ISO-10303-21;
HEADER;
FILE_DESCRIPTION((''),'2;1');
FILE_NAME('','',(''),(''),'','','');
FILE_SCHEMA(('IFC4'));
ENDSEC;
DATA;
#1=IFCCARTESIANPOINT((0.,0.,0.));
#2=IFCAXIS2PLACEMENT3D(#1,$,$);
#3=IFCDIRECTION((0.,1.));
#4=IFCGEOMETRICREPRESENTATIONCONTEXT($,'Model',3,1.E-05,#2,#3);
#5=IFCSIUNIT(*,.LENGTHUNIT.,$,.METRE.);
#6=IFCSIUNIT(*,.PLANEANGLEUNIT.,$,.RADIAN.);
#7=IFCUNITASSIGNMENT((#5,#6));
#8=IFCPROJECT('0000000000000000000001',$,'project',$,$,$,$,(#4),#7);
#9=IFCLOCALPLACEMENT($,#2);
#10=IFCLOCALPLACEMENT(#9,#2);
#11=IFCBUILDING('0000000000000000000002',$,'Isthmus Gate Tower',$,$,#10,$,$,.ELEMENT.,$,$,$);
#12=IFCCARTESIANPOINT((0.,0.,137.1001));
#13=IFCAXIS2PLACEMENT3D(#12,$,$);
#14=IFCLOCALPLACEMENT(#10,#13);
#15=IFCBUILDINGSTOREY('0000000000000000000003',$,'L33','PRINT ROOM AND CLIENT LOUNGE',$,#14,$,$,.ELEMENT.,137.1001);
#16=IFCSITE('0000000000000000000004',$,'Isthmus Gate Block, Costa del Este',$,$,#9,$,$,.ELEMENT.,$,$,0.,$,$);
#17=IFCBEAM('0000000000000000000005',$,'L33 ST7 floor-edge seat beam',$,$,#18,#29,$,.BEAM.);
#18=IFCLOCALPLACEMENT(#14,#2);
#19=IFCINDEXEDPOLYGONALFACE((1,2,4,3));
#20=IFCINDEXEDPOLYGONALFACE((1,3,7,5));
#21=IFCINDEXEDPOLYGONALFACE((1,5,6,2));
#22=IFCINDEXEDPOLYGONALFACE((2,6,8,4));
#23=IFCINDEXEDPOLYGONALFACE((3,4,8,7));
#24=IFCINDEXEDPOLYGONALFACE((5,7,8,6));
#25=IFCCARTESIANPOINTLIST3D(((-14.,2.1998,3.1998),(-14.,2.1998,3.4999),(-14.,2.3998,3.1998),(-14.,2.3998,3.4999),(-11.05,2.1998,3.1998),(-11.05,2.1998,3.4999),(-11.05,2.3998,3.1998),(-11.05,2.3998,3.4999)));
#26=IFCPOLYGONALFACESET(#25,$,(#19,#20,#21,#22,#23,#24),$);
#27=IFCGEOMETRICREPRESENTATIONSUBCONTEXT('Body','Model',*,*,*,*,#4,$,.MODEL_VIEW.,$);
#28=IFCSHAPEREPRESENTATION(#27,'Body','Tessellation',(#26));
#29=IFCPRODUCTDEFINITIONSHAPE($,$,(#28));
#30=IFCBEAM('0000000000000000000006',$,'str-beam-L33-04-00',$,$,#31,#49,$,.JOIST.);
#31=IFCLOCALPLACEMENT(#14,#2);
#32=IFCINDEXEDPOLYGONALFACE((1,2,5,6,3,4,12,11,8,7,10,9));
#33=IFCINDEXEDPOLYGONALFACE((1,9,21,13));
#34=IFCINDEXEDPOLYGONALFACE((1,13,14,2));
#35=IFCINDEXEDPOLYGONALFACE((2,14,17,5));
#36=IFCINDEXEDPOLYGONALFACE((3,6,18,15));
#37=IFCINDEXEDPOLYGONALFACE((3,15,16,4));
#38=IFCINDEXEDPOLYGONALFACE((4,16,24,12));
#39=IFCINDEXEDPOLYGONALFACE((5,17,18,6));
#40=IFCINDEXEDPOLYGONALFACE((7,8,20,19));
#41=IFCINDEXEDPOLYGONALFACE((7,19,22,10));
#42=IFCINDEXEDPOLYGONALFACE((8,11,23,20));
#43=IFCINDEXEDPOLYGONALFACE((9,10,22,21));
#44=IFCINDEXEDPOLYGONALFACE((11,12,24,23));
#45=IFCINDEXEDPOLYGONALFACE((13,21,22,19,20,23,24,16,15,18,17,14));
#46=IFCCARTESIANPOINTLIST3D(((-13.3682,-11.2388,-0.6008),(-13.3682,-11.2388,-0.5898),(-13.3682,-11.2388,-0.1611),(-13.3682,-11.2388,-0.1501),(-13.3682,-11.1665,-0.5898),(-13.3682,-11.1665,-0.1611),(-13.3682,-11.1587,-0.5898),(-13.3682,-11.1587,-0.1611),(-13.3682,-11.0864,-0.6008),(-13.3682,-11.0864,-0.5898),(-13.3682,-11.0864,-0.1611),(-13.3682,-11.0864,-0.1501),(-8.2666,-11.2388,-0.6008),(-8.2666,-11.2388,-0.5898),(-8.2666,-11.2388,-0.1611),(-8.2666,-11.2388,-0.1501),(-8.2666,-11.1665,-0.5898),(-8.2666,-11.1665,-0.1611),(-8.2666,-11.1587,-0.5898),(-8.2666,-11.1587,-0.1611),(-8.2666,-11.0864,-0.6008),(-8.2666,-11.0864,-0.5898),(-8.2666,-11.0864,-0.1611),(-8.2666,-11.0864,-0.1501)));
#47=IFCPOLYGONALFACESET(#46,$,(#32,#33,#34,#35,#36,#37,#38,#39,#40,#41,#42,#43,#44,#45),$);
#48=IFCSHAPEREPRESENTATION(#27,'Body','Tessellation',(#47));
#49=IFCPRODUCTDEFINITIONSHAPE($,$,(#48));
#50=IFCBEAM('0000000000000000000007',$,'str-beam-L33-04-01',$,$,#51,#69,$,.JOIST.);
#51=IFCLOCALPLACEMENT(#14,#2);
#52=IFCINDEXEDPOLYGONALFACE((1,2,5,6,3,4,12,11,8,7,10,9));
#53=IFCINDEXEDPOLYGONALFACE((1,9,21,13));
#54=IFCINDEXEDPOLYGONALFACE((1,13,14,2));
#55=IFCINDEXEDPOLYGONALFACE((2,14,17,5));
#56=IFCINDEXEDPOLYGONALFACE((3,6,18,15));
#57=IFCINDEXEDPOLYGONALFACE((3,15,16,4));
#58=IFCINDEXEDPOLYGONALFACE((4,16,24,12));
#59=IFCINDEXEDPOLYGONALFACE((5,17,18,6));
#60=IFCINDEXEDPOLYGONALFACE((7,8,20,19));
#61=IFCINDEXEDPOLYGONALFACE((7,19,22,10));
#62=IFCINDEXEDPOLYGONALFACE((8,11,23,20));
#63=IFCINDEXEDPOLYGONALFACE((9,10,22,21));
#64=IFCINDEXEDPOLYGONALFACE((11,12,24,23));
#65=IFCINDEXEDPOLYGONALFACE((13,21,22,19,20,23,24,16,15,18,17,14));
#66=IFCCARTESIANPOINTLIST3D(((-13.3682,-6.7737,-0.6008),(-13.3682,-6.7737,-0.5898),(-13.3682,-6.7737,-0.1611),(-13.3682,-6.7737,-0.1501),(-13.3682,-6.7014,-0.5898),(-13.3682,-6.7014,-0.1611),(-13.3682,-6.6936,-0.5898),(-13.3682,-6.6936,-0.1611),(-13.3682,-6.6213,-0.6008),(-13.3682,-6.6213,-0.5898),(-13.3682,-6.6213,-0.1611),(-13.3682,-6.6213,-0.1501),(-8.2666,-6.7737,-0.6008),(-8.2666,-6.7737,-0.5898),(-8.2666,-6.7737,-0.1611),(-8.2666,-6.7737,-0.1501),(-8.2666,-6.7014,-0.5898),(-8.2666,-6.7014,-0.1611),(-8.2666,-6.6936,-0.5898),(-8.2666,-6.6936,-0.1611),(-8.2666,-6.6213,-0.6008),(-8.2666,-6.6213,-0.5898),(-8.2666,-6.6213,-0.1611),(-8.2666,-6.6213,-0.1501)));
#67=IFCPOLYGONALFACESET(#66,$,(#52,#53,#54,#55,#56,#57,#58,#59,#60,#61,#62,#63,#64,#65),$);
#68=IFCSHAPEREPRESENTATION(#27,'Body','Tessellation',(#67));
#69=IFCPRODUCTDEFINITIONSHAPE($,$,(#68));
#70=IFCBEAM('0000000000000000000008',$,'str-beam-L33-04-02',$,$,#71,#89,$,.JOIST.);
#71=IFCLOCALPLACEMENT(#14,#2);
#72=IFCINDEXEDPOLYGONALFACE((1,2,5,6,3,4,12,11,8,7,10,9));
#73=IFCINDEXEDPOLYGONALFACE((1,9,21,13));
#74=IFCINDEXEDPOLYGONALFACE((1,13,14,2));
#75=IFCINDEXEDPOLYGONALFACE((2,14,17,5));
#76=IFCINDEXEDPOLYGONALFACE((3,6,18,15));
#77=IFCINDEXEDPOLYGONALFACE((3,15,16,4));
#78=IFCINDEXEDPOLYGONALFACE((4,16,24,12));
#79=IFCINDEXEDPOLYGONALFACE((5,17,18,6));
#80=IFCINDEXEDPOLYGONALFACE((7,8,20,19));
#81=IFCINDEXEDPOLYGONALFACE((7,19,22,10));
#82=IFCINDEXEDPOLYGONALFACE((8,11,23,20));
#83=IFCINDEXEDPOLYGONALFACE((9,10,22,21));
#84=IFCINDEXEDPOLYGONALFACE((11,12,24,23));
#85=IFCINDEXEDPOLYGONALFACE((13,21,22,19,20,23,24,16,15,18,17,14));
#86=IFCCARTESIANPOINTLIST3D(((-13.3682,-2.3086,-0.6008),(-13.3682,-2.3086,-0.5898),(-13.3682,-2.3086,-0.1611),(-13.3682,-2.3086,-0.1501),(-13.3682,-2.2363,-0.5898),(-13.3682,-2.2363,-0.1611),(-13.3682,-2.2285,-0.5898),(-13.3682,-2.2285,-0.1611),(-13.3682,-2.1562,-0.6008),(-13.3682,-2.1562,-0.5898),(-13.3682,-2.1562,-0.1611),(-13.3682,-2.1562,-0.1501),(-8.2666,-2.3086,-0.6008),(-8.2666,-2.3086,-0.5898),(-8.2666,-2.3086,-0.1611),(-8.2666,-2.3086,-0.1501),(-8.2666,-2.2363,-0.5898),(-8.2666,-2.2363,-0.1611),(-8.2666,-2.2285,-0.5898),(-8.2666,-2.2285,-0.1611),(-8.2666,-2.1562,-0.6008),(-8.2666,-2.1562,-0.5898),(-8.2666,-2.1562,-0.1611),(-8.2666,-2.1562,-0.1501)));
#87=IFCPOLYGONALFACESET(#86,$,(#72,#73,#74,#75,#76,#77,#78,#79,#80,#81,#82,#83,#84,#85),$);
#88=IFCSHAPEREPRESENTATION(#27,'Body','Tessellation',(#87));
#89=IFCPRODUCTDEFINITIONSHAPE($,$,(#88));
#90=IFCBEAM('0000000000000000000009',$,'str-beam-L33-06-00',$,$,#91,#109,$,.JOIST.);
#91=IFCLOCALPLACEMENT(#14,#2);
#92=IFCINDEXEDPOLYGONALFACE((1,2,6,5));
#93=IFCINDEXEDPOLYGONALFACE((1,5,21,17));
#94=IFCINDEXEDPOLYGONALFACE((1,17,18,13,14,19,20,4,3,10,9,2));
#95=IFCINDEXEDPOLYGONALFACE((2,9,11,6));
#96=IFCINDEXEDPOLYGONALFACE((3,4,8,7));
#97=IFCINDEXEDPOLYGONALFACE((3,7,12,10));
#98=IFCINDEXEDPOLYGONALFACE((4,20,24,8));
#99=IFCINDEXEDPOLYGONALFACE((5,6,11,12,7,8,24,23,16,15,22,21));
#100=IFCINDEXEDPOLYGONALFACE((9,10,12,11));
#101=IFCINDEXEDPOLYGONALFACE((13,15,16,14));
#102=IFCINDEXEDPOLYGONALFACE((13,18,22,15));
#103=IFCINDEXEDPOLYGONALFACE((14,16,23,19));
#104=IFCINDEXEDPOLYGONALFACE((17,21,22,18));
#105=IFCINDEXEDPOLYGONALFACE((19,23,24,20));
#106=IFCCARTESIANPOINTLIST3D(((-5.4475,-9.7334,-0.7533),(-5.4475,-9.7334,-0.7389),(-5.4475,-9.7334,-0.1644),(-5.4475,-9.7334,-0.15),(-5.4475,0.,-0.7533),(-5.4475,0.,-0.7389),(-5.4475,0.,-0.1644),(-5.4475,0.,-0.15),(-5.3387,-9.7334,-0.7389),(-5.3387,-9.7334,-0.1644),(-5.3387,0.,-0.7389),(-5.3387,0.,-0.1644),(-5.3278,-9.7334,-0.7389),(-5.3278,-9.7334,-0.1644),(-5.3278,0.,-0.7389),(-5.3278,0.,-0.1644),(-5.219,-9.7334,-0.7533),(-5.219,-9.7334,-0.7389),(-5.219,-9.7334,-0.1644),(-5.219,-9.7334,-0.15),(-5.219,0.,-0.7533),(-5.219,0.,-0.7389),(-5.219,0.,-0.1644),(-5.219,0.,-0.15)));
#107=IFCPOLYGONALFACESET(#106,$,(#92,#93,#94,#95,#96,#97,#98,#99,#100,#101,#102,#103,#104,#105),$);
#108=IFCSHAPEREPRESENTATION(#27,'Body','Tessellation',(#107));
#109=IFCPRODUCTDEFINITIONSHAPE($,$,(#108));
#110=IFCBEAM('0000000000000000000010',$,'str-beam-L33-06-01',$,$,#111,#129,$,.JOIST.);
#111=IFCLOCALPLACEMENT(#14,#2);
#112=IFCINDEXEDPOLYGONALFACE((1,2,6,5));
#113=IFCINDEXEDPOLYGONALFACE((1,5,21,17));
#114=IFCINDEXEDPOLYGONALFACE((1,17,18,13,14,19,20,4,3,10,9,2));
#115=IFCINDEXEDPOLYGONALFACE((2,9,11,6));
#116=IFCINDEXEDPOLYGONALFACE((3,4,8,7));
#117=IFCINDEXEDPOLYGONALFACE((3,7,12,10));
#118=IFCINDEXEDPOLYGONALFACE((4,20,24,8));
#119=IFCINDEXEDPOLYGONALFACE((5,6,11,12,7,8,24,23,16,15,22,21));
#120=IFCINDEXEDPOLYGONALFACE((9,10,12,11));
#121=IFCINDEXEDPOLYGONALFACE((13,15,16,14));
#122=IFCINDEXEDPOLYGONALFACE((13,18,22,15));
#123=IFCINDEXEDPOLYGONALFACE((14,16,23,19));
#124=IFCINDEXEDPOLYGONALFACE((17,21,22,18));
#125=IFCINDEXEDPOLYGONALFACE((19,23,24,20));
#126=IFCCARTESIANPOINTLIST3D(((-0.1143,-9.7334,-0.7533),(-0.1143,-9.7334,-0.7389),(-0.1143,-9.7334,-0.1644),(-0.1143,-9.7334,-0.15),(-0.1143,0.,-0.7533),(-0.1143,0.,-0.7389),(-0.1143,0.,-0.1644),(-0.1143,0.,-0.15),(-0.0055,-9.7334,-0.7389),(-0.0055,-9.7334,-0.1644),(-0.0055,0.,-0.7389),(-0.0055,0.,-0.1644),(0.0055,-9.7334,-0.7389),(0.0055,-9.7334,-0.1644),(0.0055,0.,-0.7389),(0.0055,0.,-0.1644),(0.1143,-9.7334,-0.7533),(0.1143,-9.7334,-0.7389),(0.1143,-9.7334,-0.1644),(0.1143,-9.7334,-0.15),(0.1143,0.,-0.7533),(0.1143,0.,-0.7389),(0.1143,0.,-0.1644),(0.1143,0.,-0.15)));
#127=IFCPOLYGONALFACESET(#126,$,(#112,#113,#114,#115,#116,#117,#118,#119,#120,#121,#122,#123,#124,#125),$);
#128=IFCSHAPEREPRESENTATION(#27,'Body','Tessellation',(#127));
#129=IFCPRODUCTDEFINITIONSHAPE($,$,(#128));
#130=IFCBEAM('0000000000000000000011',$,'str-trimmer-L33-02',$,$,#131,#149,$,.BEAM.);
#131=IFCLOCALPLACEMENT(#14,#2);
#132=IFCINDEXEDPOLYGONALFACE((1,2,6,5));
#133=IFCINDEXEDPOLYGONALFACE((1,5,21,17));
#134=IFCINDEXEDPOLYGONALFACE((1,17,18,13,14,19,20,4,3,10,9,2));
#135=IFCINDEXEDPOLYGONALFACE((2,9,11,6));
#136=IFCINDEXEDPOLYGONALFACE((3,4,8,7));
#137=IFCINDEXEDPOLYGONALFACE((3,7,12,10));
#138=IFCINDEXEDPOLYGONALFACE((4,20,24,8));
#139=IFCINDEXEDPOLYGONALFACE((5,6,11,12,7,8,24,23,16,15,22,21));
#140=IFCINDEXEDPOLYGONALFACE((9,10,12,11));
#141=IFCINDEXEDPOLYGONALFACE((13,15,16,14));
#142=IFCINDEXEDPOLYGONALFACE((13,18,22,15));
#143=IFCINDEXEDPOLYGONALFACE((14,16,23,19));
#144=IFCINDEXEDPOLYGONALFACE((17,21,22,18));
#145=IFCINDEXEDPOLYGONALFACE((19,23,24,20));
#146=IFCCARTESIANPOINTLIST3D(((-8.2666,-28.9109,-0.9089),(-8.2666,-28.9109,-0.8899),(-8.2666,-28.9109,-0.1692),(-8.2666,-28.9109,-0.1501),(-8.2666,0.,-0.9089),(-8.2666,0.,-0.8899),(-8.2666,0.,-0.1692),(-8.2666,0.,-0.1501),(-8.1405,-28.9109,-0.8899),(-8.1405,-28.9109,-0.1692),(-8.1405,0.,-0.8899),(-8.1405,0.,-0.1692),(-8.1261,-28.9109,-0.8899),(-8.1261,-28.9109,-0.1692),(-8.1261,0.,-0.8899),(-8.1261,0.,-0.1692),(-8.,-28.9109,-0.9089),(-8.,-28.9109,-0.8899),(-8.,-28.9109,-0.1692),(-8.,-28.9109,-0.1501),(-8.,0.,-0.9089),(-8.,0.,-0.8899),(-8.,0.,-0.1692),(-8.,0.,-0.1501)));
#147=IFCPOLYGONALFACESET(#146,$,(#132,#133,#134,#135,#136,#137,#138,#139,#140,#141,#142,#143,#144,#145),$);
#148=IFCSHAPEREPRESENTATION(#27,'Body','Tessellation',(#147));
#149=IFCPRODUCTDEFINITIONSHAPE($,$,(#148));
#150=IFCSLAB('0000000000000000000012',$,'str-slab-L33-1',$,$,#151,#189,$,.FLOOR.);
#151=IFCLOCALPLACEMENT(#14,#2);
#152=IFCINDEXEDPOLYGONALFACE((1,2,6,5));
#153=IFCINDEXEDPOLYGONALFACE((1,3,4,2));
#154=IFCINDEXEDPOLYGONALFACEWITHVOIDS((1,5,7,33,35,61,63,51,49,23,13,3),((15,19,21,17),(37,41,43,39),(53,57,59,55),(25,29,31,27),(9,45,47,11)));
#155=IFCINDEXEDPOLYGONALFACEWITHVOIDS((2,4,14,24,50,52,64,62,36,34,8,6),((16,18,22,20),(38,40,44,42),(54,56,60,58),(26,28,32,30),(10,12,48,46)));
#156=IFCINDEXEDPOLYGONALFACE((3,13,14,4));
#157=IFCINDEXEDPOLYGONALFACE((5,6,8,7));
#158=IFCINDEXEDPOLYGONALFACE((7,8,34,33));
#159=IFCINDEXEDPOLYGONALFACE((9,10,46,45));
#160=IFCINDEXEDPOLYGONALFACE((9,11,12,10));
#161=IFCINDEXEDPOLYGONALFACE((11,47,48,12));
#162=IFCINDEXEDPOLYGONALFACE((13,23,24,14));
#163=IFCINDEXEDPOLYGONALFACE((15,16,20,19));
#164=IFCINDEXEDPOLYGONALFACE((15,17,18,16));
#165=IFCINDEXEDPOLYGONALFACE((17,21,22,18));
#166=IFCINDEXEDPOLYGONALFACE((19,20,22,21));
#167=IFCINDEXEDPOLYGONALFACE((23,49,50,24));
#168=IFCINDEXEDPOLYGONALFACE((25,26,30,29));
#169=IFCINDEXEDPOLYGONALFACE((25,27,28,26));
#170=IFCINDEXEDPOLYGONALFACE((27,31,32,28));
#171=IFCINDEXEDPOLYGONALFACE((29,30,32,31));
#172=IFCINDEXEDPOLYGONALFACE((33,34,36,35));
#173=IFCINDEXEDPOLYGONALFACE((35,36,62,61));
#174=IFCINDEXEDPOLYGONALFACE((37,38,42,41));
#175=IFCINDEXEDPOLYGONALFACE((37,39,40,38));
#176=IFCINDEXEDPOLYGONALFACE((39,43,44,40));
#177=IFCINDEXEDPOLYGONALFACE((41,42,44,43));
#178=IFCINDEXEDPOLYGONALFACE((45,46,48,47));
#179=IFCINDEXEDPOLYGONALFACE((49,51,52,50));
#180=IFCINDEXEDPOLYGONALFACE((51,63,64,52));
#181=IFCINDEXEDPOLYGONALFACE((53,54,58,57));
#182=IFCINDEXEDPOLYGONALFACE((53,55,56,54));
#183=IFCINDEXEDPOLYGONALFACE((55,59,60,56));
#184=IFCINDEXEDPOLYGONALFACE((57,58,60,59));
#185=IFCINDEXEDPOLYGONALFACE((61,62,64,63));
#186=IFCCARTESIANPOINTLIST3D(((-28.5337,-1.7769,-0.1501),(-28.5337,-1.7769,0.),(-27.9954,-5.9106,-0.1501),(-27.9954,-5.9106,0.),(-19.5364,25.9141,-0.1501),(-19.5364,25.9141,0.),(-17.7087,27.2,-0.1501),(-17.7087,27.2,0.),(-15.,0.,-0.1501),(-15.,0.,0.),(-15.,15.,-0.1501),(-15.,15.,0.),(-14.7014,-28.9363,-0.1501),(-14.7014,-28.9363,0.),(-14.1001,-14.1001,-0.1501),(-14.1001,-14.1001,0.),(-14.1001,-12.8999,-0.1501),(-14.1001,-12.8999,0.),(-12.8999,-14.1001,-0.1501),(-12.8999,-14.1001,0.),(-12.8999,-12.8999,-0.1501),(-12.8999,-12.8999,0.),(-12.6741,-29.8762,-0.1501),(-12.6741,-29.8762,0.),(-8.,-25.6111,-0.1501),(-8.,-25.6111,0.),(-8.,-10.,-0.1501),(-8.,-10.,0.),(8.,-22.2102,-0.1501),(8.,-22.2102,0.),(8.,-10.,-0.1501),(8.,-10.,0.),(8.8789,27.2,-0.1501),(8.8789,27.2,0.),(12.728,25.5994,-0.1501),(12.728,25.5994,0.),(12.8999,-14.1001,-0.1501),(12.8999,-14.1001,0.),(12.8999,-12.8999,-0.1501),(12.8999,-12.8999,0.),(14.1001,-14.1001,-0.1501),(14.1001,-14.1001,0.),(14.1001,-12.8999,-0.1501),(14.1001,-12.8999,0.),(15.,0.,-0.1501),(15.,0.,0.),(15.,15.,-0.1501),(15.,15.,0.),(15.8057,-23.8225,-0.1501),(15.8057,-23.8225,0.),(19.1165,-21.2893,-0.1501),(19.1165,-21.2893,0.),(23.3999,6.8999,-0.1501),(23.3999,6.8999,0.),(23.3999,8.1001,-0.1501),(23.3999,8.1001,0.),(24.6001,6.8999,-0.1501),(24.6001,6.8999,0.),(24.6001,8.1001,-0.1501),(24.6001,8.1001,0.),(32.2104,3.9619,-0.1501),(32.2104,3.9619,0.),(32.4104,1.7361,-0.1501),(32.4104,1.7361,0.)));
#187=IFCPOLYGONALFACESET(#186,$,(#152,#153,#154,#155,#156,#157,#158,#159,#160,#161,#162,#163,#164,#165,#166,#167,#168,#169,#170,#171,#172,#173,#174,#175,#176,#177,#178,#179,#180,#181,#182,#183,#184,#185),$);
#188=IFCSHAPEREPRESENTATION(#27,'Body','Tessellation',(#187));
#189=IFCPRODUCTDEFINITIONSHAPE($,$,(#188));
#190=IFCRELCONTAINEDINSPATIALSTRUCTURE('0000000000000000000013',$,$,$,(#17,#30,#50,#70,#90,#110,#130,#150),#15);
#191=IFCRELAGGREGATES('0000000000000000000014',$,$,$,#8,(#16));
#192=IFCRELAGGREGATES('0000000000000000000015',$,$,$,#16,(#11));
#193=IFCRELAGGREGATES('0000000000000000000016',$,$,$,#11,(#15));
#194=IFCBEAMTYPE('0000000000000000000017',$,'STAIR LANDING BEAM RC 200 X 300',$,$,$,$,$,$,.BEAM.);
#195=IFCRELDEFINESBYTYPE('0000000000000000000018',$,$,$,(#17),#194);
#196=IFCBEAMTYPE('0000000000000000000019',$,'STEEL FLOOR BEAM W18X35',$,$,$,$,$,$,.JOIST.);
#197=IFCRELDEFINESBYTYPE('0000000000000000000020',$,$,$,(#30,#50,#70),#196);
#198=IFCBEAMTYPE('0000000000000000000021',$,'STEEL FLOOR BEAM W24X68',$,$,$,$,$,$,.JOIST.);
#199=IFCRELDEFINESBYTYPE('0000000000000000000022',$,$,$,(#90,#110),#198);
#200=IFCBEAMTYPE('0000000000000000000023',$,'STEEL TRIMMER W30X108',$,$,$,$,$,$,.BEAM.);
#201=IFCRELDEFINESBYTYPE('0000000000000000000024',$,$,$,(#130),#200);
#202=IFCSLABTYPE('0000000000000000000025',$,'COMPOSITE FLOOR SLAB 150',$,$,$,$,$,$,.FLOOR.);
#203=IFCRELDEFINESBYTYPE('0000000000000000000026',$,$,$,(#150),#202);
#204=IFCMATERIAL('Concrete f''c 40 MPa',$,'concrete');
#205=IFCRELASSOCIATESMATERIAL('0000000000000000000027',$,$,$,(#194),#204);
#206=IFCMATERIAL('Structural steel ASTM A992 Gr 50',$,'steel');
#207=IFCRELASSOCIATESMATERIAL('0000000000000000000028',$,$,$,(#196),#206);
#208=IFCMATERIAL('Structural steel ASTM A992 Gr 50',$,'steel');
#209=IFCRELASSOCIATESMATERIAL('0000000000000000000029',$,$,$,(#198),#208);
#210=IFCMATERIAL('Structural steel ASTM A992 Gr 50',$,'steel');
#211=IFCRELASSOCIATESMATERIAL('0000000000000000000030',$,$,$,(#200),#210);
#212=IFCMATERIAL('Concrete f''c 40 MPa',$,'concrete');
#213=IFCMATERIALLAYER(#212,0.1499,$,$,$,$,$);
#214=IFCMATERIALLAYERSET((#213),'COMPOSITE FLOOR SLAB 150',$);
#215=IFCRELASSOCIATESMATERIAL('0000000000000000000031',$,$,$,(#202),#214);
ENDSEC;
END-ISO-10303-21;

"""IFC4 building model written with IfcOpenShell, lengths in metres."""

from ifc_helpers import new_model, si_unit, direction, frame, origin, origin_2d, place, context, subcontext, project, spatial, polyline, rectangle, i_section, outline, extrude, material, layer, layer_set, material_profile, profile_set, type_object, element, save


model = new_model("IFC4")

# Units and contexts
model_context = context("Model", 3, precision=1e-05, world=origin(), true_north=direction((0.0, 1.0)))
body_context = subcontext(model_context, "Body", "Model", "MODEL_VIEW")
ifc_project = project(units=[si_unit("LENGTHUNIT", "METRE"), si_unit("PLANEANGLEUNIT", "RADIAN")], contexts=[model_context])

# Site, building, storey
site_placement = place(None, origin())
site = spatial("IfcSite", under=ifc_project, at=site_placement, Name="Isthmus Gate Block, Costa del Este", CompositionType="ELEMENT", RefElevation=0.0)
building_placement = place(site_placement, origin())
building = spatial("IfcBuilding", under=site, at=building_placement, Name="Isthmus Gate Tower", CompositionType="ELEMENT")
storey_placement = place(building_placement, frame((0.0, 0.0, 137.1001)))
storey = spatial("IfcBuildingStorey", under=building, at=storey_placement, Name="L33", Description="PRINT ROOM AND CLIENT LOUNGE", CompositionType="ELEMENT", Elevation=137.1001)

# Beams
ifc_material_1 = material(Name="Concrete f'c 40 MPa", Category="concrete")
ifc_material_profile_1 = material_profile(ifc_material_1, rectangle(XDim=0.2, YDim=0.3, at=origin_2d()), Name="STAIR LANDING BEAM RC 200 X 300")
ifc_profile_set_1 = profile_set([ifc_material_profile_1], Name="Concrete f'c 40 MPa")
beam_type_1 = type_object("IfcBeamType", Name="STAIR LANDING BEAM RC 200 X 300", PredefinedType="BEAM", material=ifc_profile_set_1)
beam_1_placement = place(storey_placement, frame((-14.0, 2.2998, 3.3499), z_axis=(1.0, 0.0, 0.0), x_axis=(0.0, 1.0, 0.0)))
element("IfcBeam", 1, at=beam_1_placement, inside=storey, type_object=beam_type_1, Name="L33 ST7 floor-edge seat beam", PredefinedType="BEAM", context=body_context, shape_type="SweptSolid", body=[
    extrude(rectangle(XDim=0.2, YDim=0.3, at=origin_2d()), origin(), (0.0, 0.0, 1.0), 2.95),
])
ifc_material_2 = material(Name="Structural steel ASTM A992 Gr 50", Category="steel")
ifc_material_profile_2 = material_profile(ifc_material_2, i_section(OverallWidth=0.1523, OverallDepth=0.4507, WebThickness=0.0078, FlangeThickness=0.011, at=origin_2d()), Name="W18X35")
ifc_profile_set_2 = profile_set([ifc_material_profile_2], Name="Structural steel ASTM A992 Gr 50")
beam_type_2 = type_object("IfcBeamType", Name="STEEL FLOOR BEAM W18X35", PredefinedType="JOIST", material=ifc_profile_set_2)
for number, where, z_axis, x_axis, name in (
    (2, (-13.3682, -11.1626, -0.3755), (1.0, 0.0, 0.0), (0.0, 1.0, 0.0), "str-beam-L33-04-00"),
    (3, (-13.3682, -6.6975, -0.3755), (1.0, 0.0, 0.0), (0.0, 1.0, 0.0), "str-beam-L33-04-01"),
    (4, (-13.3682, -2.2324, -0.3755), (1.0, 0.0, 0.0), (0.0, 1.0, 0.0), "str-beam-L33-04-02"),
):
    element("IfcBeam", number, at=place(storey_placement, frame(where, z_axis=z_axis, x_axis=x_axis)), inside=storey, type_object=beam_type_2, Name=name, PredefinedType="JOIST", context=body_context, shape_type="SweptSolid", body=[
        extrude(i_section(OverallWidth=0.1523, OverallDepth=0.4507, WebThickness=0.0078, FlangeThickness=0.011, at=origin_2d()), origin(), (0.0, 0.0, 1.0), 5.1016),
    ])
ifc_material_3 = material(Name="Structural steel ASTM A992 Gr 50", Category="steel")
ifc_material_profile_3 = material_profile(ifc_material_3, i_section(OverallWidth=0.2285, OverallDepth=0.6033, WebThickness=0.011, FlangeThickness=0.0144, at=origin_2d()), Name="W24X68")
ifc_profile_set_3 = profile_set([ifc_material_profile_3], Name="Structural steel ASTM A992 Gr 50")
beam_type_3 = type_object("IfcBeamType", Name="STEEL FLOOR BEAM W24X68", PredefinedType="JOIST", material=ifc_profile_set_3)
for number, where, z_axis, x_axis, name in (
    (5, (-5.3333, -9.7334, -0.4517), (0.0, 1.0, 0.0), (-1.0, 0.0, 0.0), "str-beam-L33-06-00"),
    (6, (0.0, -9.7334, -0.4517), (0.0, 1.0, 0.0), (-1.0, 0.0, 0.0), "str-beam-L33-06-01"),
):
    element("IfcBeam", number, at=place(storey_placement, frame(where, z_axis=z_axis, x_axis=x_axis)), inside=storey, type_object=beam_type_3, Name=name, PredefinedType="JOIST", context=body_context, shape_type="SweptSolid", body=[
        extrude(i_section(OverallWidth=0.2285, OverallDepth=0.6033, WebThickness=0.011, FlangeThickness=0.0144, at=origin_2d()), origin(), (0.0, 0.0, 1.0), 9.7334),
    ])
ifc_material_4 = material(Name="Structural steel ASTM A992 Gr 50", Category="steel")
ifc_material_profile_4 = material_profile(ifc_material_4, i_section(OverallWidth=0.2666, OverallDepth=0.7588, WebThickness=0.0144, FlangeThickness=0.019, at=origin_2d()), Name="W30X108")
ifc_profile_set_4 = profile_set([ifc_material_profile_4], Name="Structural steel ASTM A992 Gr 50")
beam_type_4 = type_object("IfcBeamType", Name="STEEL TRIMMER W30X108", PredefinedType="BEAM", material=ifc_profile_set_4)
beam_2_placement = place(storey_placement, frame((-8.1333, 0.0, -0.5295), z_axis=(0.0, -1.0, 0.0), x_axis=(1.0, 0.0, 0.0)))
element("IfcBeam", 7, at=beam_2_placement, inside=storey, type_object=beam_type_4, Name="str-trimmer-L33-02", PredefinedType="BEAM", context=body_context, shape_type="SweptSolid", body=[
    extrude(i_section(OverallWidth=0.2666, OverallDepth=0.7588, WebThickness=0.0144, FlangeThickness=0.019, at=origin_2d()), origin(), (0.0, 0.0, 1.0), 28.9109),
])

# Slab
ifc_material_5 = material(Name="Concrete f'c 40 MPa", Category="concrete")
ifc_layer_1 = layer(ifc_material_5, 0.1499)
ifc_layer_set_1 = layer_set([ifc_layer_1], Name="COMPOSITE FLOOR SLAB 150")
slab_type_1 = type_object("IfcSlabType", Name="COMPOSITE FLOOR SLAB 150", PredefinedType="FLOOR", material=ifc_layer_set_1)
slab_1_placement = place(storey_placement, frame((0.0, 0.0, -0.1501)))
element("IfcSlab", 8, at=slab_1_placement, inside=storey, type_object=slab_type_1, Name="str-slab-L33-1", PredefinedType="FLOOR", context=body_context, shape_type="SweptSolid", body=[
    extrude(outline(polyline([(12.728, 25.5994), (32.2104, 3.9619), (32.4104, 1.7361), (19.1165, -21.2893), (15.8057, -23.8225), (-12.6741, -29.8762), (-14.7014, -28.9363), (-27.9954, -5.9106), (-28.5337, -1.7769), (-19.5364, 25.9141), (-17.7087, 27.2), (8.8789, 27.2), (12.728, 25.5994)]), holes=[polyline([(-8.0, -10.0), (-8.0, -25.6111), (8.0, -22.2102), (8.0, -10.0), (-8.0, -10.0)]), polyline([(-14.1001, -12.8999), (-14.1001, -14.1001), (-12.8999, -14.1001), (-12.8999, -12.8999), (-14.1001, -12.8999)]), polyline([(14.1001, -12.8999), (12.8999, -12.8999), (12.8999, -14.1001), (14.1001, -14.1001), (14.1001, -12.8999)]), polyline([(-15.0, 15.0), (-15.0, 0.0), (15.0, 0.0), (15.0, 15.0), (-15.0, 15.0)]), polyline([(24.6001, 6.8999), (24.6001, 8.1001), (23.3999, 8.1001), (23.3999, 6.8999), (24.6001, 6.8999)])]), origin(), (0.0, 0.0, 1.0), 0.1501),
])

save(model, "model.ifc")
